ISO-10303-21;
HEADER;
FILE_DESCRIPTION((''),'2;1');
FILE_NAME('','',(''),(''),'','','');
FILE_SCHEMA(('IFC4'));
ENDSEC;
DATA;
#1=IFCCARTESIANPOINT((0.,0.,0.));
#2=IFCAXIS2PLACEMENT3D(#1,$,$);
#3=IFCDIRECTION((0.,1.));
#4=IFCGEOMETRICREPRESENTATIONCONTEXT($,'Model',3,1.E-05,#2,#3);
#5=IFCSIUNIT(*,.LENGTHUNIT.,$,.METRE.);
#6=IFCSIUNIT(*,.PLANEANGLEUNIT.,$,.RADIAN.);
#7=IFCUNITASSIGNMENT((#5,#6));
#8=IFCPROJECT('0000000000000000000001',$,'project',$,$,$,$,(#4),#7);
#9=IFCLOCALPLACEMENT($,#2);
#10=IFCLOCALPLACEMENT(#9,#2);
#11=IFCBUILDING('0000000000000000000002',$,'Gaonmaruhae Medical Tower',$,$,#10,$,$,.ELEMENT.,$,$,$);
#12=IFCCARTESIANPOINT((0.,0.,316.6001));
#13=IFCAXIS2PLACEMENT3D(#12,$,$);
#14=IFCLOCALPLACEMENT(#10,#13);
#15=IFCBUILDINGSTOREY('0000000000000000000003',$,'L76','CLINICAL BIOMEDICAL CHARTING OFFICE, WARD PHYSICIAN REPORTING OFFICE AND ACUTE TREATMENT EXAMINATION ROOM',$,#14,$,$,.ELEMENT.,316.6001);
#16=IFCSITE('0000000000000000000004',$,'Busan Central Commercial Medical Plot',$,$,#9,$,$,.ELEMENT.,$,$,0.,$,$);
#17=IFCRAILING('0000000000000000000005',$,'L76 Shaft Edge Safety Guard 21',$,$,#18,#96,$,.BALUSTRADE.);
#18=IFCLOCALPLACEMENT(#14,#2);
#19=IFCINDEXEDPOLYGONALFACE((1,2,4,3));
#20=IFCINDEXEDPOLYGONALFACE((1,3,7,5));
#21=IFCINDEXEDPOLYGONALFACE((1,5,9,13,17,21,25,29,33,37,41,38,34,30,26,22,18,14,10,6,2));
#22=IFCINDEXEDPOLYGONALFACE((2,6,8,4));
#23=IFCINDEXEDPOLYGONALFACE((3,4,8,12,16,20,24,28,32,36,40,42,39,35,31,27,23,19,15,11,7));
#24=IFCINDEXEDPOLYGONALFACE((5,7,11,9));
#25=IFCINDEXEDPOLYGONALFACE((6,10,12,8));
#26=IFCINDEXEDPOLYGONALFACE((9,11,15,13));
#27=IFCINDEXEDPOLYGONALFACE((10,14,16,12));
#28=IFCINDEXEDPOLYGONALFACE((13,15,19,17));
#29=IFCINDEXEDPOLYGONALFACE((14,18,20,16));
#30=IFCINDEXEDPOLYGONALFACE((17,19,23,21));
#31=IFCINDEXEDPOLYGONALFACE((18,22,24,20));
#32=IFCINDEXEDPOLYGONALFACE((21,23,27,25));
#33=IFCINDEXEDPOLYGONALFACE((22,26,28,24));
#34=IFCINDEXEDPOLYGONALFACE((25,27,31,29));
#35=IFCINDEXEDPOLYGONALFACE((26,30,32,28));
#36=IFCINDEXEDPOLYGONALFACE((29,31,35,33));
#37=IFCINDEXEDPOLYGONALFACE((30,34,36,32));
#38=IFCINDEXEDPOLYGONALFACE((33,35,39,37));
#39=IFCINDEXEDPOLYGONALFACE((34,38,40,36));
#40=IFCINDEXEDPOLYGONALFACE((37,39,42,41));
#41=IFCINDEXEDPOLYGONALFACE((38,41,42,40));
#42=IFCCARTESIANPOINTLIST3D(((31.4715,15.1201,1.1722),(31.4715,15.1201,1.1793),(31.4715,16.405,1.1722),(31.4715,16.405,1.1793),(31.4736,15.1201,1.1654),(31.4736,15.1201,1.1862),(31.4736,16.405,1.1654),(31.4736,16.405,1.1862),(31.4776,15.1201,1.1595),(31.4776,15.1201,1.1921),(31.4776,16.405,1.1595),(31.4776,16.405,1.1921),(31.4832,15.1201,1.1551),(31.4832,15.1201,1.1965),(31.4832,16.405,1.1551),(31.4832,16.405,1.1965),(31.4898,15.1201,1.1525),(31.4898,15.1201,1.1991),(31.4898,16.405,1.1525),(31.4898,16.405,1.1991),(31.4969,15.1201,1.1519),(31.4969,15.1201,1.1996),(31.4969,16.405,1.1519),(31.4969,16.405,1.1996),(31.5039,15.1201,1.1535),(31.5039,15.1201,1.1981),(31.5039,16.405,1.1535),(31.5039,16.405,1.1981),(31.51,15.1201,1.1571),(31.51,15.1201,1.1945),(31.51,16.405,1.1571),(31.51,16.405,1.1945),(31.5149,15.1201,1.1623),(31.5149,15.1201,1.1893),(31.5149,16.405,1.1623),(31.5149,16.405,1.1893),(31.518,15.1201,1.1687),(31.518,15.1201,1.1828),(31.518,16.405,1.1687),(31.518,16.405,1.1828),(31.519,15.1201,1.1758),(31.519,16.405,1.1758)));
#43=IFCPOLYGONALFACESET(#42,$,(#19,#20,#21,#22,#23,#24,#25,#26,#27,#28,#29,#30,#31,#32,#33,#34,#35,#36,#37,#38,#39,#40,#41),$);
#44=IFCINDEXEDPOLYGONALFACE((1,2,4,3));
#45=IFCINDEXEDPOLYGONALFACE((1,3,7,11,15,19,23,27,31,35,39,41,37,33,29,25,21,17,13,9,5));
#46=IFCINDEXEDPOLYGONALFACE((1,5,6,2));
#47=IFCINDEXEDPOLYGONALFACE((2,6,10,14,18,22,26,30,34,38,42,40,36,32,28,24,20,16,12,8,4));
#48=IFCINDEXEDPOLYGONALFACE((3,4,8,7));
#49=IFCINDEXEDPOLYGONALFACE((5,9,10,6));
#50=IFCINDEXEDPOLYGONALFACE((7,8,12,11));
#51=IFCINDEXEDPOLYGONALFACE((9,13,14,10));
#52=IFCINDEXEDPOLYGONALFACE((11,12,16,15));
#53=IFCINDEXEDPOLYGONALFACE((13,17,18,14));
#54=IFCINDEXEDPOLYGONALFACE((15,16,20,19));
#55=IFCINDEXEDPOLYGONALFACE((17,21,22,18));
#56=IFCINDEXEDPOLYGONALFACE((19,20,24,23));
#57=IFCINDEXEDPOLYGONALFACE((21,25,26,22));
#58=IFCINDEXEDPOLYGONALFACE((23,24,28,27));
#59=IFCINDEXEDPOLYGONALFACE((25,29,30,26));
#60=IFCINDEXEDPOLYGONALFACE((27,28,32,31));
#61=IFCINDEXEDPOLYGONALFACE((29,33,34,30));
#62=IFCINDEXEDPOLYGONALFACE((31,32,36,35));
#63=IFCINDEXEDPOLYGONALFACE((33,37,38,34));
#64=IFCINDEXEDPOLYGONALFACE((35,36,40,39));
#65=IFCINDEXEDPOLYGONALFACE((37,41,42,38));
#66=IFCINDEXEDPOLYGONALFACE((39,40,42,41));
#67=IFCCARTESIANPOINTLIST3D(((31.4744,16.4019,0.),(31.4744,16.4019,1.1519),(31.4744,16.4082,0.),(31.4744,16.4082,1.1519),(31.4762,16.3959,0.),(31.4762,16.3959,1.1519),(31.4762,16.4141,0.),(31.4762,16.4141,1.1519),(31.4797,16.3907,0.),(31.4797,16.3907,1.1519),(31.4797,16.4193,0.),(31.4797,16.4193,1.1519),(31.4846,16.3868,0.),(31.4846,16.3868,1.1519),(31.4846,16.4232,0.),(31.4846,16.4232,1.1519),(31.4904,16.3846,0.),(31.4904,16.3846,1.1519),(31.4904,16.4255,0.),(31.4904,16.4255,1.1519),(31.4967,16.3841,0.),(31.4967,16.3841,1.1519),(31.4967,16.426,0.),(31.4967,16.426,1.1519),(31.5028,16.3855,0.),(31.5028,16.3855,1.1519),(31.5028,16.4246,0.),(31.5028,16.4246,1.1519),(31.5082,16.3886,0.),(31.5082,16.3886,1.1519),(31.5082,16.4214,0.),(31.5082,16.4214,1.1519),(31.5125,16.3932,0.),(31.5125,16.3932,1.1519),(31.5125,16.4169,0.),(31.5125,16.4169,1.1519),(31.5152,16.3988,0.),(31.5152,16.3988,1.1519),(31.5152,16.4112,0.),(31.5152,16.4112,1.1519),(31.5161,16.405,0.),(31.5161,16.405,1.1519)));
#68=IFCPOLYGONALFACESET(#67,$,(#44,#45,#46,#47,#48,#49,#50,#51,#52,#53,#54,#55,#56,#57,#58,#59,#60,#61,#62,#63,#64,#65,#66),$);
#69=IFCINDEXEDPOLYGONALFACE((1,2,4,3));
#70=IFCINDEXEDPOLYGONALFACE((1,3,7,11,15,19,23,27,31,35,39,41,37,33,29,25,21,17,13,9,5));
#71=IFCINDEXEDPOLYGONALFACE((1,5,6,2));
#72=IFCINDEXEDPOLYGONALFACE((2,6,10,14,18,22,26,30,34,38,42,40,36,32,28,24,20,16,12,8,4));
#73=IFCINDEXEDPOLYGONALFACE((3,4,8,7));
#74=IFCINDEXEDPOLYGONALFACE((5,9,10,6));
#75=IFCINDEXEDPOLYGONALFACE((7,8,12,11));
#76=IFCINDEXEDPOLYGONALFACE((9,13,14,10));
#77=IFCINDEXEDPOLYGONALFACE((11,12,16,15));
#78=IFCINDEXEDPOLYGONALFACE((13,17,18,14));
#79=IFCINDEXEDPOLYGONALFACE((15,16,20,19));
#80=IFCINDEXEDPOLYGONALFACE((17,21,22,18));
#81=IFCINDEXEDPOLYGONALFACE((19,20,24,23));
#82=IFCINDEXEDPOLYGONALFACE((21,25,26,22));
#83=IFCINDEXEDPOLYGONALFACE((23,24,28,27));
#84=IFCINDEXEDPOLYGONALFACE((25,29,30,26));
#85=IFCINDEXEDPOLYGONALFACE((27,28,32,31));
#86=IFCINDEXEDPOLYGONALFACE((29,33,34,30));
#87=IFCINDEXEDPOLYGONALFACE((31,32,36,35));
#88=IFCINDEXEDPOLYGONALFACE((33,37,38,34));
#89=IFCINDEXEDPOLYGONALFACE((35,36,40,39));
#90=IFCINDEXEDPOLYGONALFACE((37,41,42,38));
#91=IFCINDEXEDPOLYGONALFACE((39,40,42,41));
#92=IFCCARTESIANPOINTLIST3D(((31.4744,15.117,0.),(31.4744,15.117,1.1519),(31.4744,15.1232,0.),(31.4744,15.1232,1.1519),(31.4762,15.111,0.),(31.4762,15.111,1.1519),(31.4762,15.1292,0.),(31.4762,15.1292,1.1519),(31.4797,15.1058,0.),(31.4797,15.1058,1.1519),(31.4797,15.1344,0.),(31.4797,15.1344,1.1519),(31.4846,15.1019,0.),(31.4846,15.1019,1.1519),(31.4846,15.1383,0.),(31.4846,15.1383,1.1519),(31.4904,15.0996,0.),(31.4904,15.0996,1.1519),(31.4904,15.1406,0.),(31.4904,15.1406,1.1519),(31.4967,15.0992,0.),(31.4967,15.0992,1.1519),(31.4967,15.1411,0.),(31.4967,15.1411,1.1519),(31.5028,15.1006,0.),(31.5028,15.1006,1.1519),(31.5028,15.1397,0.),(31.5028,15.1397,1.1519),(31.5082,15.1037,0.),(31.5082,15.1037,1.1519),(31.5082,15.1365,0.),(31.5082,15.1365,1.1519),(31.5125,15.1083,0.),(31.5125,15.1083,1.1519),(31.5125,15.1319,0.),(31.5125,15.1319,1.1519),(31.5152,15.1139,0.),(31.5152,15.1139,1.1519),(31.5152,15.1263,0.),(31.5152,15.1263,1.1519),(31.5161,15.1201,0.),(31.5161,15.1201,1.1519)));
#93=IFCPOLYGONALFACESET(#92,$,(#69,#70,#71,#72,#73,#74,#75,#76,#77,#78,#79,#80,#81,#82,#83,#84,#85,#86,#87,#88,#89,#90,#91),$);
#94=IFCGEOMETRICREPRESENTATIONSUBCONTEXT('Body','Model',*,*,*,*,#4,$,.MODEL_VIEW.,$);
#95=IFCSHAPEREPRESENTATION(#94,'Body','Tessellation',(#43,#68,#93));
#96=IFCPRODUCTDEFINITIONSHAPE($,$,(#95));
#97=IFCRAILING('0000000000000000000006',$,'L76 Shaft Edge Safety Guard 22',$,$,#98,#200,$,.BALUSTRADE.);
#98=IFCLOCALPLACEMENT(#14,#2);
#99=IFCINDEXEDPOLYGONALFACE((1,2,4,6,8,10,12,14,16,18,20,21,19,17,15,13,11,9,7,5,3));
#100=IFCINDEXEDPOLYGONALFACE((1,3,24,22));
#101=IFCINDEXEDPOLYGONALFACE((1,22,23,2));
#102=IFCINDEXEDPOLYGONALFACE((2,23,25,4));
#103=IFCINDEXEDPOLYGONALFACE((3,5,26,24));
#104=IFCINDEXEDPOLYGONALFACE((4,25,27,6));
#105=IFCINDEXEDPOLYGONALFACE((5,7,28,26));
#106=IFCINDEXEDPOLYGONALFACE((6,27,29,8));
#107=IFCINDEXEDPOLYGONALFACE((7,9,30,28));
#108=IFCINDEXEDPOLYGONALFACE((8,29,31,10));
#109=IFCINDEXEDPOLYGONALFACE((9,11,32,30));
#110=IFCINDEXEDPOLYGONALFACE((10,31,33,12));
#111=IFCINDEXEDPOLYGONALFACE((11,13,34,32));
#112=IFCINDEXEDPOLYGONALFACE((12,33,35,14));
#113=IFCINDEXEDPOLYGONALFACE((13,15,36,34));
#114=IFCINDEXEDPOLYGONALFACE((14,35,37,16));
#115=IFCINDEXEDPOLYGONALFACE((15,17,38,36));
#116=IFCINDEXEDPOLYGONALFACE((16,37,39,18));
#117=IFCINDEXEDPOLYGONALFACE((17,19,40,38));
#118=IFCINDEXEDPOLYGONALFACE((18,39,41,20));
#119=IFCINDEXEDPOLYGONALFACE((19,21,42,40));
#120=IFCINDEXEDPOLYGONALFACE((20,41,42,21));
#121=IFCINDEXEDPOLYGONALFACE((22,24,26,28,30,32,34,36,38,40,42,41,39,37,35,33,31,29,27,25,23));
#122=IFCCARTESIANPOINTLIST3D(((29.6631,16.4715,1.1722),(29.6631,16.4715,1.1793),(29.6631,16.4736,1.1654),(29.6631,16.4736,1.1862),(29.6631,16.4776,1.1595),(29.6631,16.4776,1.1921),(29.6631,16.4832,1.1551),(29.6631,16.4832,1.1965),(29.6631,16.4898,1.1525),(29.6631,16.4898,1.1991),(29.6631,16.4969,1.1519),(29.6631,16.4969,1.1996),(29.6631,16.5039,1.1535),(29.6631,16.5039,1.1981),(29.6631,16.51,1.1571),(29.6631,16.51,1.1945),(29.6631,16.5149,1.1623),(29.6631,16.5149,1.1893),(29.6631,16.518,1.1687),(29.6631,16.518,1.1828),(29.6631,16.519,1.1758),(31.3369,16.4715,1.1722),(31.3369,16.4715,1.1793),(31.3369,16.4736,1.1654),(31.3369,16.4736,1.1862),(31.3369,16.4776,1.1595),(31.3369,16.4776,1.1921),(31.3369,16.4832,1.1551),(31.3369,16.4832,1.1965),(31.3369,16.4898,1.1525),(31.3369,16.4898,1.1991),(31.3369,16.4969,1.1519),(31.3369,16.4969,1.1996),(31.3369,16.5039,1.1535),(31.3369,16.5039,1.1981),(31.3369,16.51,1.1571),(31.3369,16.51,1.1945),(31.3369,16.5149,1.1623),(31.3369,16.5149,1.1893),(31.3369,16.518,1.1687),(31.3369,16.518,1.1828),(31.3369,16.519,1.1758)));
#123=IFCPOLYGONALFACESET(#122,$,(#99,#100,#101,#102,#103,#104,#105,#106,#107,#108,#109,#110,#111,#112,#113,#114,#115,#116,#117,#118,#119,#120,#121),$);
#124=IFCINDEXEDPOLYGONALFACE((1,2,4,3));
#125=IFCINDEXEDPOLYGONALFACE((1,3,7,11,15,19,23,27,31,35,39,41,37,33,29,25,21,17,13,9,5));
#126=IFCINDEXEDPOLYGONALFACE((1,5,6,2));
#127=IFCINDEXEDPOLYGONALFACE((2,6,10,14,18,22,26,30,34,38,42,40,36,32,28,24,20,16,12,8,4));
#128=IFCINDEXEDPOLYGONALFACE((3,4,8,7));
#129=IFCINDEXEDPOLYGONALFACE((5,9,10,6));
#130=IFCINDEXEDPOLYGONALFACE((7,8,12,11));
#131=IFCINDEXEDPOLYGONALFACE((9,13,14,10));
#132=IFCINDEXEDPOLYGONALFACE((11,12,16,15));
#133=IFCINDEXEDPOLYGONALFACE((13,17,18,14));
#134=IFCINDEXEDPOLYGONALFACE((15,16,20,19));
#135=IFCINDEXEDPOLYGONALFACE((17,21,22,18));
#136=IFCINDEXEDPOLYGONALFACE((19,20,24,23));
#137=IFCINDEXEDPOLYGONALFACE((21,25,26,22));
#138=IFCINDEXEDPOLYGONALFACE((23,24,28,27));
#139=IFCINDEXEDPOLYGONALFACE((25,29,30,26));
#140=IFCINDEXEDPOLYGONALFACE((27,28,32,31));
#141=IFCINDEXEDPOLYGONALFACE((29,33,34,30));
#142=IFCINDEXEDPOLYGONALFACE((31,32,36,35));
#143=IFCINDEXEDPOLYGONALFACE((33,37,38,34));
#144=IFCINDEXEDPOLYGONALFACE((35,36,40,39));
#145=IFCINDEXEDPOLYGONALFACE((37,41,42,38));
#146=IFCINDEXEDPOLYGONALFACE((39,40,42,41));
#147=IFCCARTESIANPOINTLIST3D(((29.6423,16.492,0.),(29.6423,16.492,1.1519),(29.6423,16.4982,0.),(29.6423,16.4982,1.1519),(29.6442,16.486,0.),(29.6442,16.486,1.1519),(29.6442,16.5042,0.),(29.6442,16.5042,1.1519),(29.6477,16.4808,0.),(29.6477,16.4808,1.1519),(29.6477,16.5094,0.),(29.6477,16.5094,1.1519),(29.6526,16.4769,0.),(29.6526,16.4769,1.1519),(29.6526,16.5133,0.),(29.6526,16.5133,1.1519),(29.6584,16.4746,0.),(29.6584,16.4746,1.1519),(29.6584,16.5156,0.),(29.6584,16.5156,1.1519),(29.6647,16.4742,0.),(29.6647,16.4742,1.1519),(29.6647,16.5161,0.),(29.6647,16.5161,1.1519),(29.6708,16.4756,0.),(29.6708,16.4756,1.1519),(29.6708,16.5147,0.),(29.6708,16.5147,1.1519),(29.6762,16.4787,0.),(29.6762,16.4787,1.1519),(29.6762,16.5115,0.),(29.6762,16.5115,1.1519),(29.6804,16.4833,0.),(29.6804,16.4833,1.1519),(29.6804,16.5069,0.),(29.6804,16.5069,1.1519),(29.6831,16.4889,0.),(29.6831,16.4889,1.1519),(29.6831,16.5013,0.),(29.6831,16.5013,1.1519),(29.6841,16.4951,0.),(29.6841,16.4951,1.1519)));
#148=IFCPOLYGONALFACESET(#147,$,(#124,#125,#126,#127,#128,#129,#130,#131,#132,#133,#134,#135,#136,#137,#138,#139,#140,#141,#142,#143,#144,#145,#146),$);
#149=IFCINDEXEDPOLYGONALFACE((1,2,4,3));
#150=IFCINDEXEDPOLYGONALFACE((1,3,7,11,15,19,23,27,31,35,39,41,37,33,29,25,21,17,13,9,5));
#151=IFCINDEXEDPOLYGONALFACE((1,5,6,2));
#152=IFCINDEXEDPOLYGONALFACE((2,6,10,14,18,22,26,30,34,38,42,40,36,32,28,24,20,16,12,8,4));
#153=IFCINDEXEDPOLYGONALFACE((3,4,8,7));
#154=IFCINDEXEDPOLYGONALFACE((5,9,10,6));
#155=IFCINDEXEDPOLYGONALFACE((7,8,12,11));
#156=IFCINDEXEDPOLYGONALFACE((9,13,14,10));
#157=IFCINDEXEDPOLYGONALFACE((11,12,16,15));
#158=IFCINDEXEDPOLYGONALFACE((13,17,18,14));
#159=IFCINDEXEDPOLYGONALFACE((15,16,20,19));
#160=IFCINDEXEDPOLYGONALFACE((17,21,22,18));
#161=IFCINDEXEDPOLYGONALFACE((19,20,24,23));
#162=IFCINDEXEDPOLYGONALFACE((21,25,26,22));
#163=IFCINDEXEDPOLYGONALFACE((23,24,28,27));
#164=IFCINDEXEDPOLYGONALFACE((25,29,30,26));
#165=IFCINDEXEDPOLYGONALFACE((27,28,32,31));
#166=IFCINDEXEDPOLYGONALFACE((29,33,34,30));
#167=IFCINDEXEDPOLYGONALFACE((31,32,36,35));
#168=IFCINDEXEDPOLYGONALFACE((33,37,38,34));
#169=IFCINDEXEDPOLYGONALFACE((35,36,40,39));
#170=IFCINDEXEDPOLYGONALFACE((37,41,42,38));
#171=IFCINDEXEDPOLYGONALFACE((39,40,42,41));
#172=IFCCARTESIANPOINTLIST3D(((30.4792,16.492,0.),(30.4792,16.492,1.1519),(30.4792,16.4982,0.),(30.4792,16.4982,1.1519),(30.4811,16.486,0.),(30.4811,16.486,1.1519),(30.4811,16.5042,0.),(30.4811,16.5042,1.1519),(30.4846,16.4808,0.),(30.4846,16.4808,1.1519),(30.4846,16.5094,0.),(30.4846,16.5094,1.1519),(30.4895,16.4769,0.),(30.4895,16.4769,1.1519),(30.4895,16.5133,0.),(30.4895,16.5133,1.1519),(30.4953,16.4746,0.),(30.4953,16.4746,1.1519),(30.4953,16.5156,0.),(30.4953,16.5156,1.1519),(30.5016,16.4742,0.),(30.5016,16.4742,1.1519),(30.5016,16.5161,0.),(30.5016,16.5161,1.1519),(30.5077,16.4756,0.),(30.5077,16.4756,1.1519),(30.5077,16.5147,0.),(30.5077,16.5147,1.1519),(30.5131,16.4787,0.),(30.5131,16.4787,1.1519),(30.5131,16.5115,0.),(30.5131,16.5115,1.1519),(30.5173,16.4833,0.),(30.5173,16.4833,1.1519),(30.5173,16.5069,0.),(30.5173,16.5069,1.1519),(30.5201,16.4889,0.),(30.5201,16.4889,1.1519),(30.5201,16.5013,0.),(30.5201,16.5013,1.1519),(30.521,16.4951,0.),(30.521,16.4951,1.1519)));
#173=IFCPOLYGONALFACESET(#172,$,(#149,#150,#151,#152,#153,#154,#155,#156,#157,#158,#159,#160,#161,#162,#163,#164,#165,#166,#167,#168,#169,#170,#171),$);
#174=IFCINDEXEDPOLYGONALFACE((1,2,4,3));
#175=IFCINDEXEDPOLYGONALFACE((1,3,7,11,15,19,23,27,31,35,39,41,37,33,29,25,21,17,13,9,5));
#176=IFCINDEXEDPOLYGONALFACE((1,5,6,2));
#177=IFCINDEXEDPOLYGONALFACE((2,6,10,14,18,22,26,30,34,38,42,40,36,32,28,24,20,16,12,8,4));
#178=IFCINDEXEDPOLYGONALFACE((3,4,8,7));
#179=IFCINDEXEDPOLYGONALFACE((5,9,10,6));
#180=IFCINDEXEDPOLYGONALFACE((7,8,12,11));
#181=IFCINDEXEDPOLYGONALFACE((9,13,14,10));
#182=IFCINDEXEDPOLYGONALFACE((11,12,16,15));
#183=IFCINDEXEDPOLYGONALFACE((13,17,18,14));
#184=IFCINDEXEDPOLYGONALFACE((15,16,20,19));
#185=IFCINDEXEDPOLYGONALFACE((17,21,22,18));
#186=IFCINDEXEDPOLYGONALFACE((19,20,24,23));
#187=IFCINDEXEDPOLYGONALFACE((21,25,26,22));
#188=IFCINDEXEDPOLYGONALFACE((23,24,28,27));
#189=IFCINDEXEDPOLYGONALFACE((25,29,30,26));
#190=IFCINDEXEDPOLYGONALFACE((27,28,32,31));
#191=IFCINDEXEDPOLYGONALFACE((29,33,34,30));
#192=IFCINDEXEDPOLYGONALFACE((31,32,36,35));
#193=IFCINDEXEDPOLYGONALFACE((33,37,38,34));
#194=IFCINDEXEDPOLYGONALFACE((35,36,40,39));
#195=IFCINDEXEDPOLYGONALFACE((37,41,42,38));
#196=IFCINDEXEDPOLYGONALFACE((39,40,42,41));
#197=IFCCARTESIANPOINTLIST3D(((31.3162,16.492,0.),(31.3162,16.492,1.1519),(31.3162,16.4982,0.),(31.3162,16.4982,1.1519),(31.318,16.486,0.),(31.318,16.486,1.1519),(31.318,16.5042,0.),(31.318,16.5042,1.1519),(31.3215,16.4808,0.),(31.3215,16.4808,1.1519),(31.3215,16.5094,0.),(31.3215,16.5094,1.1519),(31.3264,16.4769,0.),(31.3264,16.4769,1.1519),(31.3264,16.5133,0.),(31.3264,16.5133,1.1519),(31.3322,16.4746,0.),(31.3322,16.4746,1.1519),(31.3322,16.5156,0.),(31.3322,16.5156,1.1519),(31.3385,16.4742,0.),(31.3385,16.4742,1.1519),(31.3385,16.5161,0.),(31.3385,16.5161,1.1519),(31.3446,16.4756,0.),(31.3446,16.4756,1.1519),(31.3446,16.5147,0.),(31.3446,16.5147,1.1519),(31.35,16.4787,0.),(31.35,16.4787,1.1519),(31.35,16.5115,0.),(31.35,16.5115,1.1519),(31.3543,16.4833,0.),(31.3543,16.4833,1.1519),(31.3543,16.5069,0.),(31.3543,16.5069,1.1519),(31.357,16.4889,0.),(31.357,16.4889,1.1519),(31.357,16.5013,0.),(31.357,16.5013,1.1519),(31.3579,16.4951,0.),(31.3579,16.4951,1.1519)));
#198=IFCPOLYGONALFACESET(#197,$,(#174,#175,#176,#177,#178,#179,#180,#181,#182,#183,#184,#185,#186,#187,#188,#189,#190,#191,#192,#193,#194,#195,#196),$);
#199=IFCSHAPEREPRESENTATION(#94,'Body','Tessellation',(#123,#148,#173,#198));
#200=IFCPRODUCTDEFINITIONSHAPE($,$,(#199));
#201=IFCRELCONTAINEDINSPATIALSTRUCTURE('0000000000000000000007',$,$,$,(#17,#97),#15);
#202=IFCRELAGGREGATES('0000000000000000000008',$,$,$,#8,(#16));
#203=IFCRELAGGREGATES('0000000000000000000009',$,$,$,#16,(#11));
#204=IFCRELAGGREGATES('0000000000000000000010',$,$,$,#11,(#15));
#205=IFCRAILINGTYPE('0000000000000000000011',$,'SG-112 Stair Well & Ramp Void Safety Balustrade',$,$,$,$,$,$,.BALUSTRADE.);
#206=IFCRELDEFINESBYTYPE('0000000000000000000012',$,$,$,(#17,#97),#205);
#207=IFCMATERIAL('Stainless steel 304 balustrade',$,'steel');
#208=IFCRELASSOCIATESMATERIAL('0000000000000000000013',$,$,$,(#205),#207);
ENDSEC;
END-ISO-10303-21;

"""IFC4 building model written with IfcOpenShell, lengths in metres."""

from ifc_helpers import new_model, si_unit, direction, frame, origin, origin_2d, place, context, subcontext, project, spatial, circle, extrude, material, type_object, element, save


model = new_model("IFC4")

# Units and contexts
model_context = context("Model", 3, precision=1e-05, world=origin(), true_north=direction((0.0, 1.0)))
body_context = subcontext(model_context, "Body", "Model", "MODEL_VIEW")
ifc_project = project(units=[si_unit("LENGTHUNIT", "METRE"), si_unit("PLANEANGLEUNIT", "RADIAN")], contexts=[model_context])

# Site, building, storey
site_placement = place(None, origin())
site = spatial("IfcSite", under=ifc_project, at=site_placement, Name="Busan Central Commercial Medical Plot", CompositionType="ELEMENT", RefElevation=0.0)
building_placement = place(site_placement, origin())
building = spatial("IfcBuilding", under=site, at=building_placement, Name="Gaonmaruhae Medical Tower", CompositionType="ELEMENT")
storey_placement = place(building_placement, frame((0.0, 0.0, 316.6001)))
storey = spatial("IfcBuildingStorey", under=building, at=storey_placement, Name="L76", Description="CLINICAL BIOMEDICAL CHARTING OFFICE, WARD PHYSICIAN REPORTING OFFICE AND ACUTE TREATMENT EXAMINATION ROOM", CompositionType="ELEMENT", Elevation=316.6001)

# Railings
ifc_material_1 = material(Name="Stainless steel 304 balustrade", Category="steel")
railing_type_1 = type_object("IfcRailingType", Name="SG-112 Stair Well & Ramp Void Safety Balustrade", PredefinedType="BALUSTRADE", material=ifc_material_1)
railing_1_placement = place(storey_placement, frame((31.4951, 16.405, 0.0)))
element("IfcRailing", 1, at=railing_1_placement, inside=storey, type_object=railing_type_1, Name="L76 Shaft Edge Safety Guard 21", PredefinedType="BALUSTRADE", context=body_context, shape_type="SweptSolid", body=[
    extrude(circle(Radius=0.0239, at=origin_2d()), frame((0.0, 0.0, 1.1758), z_axis=(0.0, -1.0, 0.0), x_axis=(1.0, 0.0, 0.0)), (0.0, 0.0, 1.0), 1.2849),
    extrude(circle(Radius=0.021, at=origin_2d()), origin(), (0.0, 0.0, 1.0), 1.1519),
    extrude(circle(Radius=0.021, at=origin_2d()), frame((0.0, -1.2849, 0.0)), (0.0, 0.0, 1.0), 1.1519),
])
railing_2_placement = place(storey_placement, frame((29.6631, 16.4951, 0.0)))
element("IfcRailing", 2, at=railing_2_placement, inside=storey, type_object=railing_type_1, Name="L76 Shaft Edge Safety Guard 22", PredefinedType="BALUSTRADE", context=body_context, shape_type="SweptSolid", body=[
    extrude(circle(Radius=0.0239, at=origin_2d()), frame((0.0, 0.0, 1.1758), z_axis=(1.0, 0.0, 0.0), x_axis=(0.0, 1.0, 0.0)), (0.0, 0.0, 1.0), 1.6738),
    extrude(circle(Radius=0.021, at=origin_2d()), origin(), (0.0, 0.0, 1.0), 1.1519),
    extrude(circle(Radius=0.021, at=origin_2d()), frame((0.8369, 0.0, 0.0)), (0.0, 0.0, 1.0), 1.1519),
    extrude(circle(Radius=0.021, at=origin_2d()), frame((1.6738, 0.0, 0.0)), (0.0, 0.0, 1.0), 1.1519),
])

save(model, "model.ifc")
